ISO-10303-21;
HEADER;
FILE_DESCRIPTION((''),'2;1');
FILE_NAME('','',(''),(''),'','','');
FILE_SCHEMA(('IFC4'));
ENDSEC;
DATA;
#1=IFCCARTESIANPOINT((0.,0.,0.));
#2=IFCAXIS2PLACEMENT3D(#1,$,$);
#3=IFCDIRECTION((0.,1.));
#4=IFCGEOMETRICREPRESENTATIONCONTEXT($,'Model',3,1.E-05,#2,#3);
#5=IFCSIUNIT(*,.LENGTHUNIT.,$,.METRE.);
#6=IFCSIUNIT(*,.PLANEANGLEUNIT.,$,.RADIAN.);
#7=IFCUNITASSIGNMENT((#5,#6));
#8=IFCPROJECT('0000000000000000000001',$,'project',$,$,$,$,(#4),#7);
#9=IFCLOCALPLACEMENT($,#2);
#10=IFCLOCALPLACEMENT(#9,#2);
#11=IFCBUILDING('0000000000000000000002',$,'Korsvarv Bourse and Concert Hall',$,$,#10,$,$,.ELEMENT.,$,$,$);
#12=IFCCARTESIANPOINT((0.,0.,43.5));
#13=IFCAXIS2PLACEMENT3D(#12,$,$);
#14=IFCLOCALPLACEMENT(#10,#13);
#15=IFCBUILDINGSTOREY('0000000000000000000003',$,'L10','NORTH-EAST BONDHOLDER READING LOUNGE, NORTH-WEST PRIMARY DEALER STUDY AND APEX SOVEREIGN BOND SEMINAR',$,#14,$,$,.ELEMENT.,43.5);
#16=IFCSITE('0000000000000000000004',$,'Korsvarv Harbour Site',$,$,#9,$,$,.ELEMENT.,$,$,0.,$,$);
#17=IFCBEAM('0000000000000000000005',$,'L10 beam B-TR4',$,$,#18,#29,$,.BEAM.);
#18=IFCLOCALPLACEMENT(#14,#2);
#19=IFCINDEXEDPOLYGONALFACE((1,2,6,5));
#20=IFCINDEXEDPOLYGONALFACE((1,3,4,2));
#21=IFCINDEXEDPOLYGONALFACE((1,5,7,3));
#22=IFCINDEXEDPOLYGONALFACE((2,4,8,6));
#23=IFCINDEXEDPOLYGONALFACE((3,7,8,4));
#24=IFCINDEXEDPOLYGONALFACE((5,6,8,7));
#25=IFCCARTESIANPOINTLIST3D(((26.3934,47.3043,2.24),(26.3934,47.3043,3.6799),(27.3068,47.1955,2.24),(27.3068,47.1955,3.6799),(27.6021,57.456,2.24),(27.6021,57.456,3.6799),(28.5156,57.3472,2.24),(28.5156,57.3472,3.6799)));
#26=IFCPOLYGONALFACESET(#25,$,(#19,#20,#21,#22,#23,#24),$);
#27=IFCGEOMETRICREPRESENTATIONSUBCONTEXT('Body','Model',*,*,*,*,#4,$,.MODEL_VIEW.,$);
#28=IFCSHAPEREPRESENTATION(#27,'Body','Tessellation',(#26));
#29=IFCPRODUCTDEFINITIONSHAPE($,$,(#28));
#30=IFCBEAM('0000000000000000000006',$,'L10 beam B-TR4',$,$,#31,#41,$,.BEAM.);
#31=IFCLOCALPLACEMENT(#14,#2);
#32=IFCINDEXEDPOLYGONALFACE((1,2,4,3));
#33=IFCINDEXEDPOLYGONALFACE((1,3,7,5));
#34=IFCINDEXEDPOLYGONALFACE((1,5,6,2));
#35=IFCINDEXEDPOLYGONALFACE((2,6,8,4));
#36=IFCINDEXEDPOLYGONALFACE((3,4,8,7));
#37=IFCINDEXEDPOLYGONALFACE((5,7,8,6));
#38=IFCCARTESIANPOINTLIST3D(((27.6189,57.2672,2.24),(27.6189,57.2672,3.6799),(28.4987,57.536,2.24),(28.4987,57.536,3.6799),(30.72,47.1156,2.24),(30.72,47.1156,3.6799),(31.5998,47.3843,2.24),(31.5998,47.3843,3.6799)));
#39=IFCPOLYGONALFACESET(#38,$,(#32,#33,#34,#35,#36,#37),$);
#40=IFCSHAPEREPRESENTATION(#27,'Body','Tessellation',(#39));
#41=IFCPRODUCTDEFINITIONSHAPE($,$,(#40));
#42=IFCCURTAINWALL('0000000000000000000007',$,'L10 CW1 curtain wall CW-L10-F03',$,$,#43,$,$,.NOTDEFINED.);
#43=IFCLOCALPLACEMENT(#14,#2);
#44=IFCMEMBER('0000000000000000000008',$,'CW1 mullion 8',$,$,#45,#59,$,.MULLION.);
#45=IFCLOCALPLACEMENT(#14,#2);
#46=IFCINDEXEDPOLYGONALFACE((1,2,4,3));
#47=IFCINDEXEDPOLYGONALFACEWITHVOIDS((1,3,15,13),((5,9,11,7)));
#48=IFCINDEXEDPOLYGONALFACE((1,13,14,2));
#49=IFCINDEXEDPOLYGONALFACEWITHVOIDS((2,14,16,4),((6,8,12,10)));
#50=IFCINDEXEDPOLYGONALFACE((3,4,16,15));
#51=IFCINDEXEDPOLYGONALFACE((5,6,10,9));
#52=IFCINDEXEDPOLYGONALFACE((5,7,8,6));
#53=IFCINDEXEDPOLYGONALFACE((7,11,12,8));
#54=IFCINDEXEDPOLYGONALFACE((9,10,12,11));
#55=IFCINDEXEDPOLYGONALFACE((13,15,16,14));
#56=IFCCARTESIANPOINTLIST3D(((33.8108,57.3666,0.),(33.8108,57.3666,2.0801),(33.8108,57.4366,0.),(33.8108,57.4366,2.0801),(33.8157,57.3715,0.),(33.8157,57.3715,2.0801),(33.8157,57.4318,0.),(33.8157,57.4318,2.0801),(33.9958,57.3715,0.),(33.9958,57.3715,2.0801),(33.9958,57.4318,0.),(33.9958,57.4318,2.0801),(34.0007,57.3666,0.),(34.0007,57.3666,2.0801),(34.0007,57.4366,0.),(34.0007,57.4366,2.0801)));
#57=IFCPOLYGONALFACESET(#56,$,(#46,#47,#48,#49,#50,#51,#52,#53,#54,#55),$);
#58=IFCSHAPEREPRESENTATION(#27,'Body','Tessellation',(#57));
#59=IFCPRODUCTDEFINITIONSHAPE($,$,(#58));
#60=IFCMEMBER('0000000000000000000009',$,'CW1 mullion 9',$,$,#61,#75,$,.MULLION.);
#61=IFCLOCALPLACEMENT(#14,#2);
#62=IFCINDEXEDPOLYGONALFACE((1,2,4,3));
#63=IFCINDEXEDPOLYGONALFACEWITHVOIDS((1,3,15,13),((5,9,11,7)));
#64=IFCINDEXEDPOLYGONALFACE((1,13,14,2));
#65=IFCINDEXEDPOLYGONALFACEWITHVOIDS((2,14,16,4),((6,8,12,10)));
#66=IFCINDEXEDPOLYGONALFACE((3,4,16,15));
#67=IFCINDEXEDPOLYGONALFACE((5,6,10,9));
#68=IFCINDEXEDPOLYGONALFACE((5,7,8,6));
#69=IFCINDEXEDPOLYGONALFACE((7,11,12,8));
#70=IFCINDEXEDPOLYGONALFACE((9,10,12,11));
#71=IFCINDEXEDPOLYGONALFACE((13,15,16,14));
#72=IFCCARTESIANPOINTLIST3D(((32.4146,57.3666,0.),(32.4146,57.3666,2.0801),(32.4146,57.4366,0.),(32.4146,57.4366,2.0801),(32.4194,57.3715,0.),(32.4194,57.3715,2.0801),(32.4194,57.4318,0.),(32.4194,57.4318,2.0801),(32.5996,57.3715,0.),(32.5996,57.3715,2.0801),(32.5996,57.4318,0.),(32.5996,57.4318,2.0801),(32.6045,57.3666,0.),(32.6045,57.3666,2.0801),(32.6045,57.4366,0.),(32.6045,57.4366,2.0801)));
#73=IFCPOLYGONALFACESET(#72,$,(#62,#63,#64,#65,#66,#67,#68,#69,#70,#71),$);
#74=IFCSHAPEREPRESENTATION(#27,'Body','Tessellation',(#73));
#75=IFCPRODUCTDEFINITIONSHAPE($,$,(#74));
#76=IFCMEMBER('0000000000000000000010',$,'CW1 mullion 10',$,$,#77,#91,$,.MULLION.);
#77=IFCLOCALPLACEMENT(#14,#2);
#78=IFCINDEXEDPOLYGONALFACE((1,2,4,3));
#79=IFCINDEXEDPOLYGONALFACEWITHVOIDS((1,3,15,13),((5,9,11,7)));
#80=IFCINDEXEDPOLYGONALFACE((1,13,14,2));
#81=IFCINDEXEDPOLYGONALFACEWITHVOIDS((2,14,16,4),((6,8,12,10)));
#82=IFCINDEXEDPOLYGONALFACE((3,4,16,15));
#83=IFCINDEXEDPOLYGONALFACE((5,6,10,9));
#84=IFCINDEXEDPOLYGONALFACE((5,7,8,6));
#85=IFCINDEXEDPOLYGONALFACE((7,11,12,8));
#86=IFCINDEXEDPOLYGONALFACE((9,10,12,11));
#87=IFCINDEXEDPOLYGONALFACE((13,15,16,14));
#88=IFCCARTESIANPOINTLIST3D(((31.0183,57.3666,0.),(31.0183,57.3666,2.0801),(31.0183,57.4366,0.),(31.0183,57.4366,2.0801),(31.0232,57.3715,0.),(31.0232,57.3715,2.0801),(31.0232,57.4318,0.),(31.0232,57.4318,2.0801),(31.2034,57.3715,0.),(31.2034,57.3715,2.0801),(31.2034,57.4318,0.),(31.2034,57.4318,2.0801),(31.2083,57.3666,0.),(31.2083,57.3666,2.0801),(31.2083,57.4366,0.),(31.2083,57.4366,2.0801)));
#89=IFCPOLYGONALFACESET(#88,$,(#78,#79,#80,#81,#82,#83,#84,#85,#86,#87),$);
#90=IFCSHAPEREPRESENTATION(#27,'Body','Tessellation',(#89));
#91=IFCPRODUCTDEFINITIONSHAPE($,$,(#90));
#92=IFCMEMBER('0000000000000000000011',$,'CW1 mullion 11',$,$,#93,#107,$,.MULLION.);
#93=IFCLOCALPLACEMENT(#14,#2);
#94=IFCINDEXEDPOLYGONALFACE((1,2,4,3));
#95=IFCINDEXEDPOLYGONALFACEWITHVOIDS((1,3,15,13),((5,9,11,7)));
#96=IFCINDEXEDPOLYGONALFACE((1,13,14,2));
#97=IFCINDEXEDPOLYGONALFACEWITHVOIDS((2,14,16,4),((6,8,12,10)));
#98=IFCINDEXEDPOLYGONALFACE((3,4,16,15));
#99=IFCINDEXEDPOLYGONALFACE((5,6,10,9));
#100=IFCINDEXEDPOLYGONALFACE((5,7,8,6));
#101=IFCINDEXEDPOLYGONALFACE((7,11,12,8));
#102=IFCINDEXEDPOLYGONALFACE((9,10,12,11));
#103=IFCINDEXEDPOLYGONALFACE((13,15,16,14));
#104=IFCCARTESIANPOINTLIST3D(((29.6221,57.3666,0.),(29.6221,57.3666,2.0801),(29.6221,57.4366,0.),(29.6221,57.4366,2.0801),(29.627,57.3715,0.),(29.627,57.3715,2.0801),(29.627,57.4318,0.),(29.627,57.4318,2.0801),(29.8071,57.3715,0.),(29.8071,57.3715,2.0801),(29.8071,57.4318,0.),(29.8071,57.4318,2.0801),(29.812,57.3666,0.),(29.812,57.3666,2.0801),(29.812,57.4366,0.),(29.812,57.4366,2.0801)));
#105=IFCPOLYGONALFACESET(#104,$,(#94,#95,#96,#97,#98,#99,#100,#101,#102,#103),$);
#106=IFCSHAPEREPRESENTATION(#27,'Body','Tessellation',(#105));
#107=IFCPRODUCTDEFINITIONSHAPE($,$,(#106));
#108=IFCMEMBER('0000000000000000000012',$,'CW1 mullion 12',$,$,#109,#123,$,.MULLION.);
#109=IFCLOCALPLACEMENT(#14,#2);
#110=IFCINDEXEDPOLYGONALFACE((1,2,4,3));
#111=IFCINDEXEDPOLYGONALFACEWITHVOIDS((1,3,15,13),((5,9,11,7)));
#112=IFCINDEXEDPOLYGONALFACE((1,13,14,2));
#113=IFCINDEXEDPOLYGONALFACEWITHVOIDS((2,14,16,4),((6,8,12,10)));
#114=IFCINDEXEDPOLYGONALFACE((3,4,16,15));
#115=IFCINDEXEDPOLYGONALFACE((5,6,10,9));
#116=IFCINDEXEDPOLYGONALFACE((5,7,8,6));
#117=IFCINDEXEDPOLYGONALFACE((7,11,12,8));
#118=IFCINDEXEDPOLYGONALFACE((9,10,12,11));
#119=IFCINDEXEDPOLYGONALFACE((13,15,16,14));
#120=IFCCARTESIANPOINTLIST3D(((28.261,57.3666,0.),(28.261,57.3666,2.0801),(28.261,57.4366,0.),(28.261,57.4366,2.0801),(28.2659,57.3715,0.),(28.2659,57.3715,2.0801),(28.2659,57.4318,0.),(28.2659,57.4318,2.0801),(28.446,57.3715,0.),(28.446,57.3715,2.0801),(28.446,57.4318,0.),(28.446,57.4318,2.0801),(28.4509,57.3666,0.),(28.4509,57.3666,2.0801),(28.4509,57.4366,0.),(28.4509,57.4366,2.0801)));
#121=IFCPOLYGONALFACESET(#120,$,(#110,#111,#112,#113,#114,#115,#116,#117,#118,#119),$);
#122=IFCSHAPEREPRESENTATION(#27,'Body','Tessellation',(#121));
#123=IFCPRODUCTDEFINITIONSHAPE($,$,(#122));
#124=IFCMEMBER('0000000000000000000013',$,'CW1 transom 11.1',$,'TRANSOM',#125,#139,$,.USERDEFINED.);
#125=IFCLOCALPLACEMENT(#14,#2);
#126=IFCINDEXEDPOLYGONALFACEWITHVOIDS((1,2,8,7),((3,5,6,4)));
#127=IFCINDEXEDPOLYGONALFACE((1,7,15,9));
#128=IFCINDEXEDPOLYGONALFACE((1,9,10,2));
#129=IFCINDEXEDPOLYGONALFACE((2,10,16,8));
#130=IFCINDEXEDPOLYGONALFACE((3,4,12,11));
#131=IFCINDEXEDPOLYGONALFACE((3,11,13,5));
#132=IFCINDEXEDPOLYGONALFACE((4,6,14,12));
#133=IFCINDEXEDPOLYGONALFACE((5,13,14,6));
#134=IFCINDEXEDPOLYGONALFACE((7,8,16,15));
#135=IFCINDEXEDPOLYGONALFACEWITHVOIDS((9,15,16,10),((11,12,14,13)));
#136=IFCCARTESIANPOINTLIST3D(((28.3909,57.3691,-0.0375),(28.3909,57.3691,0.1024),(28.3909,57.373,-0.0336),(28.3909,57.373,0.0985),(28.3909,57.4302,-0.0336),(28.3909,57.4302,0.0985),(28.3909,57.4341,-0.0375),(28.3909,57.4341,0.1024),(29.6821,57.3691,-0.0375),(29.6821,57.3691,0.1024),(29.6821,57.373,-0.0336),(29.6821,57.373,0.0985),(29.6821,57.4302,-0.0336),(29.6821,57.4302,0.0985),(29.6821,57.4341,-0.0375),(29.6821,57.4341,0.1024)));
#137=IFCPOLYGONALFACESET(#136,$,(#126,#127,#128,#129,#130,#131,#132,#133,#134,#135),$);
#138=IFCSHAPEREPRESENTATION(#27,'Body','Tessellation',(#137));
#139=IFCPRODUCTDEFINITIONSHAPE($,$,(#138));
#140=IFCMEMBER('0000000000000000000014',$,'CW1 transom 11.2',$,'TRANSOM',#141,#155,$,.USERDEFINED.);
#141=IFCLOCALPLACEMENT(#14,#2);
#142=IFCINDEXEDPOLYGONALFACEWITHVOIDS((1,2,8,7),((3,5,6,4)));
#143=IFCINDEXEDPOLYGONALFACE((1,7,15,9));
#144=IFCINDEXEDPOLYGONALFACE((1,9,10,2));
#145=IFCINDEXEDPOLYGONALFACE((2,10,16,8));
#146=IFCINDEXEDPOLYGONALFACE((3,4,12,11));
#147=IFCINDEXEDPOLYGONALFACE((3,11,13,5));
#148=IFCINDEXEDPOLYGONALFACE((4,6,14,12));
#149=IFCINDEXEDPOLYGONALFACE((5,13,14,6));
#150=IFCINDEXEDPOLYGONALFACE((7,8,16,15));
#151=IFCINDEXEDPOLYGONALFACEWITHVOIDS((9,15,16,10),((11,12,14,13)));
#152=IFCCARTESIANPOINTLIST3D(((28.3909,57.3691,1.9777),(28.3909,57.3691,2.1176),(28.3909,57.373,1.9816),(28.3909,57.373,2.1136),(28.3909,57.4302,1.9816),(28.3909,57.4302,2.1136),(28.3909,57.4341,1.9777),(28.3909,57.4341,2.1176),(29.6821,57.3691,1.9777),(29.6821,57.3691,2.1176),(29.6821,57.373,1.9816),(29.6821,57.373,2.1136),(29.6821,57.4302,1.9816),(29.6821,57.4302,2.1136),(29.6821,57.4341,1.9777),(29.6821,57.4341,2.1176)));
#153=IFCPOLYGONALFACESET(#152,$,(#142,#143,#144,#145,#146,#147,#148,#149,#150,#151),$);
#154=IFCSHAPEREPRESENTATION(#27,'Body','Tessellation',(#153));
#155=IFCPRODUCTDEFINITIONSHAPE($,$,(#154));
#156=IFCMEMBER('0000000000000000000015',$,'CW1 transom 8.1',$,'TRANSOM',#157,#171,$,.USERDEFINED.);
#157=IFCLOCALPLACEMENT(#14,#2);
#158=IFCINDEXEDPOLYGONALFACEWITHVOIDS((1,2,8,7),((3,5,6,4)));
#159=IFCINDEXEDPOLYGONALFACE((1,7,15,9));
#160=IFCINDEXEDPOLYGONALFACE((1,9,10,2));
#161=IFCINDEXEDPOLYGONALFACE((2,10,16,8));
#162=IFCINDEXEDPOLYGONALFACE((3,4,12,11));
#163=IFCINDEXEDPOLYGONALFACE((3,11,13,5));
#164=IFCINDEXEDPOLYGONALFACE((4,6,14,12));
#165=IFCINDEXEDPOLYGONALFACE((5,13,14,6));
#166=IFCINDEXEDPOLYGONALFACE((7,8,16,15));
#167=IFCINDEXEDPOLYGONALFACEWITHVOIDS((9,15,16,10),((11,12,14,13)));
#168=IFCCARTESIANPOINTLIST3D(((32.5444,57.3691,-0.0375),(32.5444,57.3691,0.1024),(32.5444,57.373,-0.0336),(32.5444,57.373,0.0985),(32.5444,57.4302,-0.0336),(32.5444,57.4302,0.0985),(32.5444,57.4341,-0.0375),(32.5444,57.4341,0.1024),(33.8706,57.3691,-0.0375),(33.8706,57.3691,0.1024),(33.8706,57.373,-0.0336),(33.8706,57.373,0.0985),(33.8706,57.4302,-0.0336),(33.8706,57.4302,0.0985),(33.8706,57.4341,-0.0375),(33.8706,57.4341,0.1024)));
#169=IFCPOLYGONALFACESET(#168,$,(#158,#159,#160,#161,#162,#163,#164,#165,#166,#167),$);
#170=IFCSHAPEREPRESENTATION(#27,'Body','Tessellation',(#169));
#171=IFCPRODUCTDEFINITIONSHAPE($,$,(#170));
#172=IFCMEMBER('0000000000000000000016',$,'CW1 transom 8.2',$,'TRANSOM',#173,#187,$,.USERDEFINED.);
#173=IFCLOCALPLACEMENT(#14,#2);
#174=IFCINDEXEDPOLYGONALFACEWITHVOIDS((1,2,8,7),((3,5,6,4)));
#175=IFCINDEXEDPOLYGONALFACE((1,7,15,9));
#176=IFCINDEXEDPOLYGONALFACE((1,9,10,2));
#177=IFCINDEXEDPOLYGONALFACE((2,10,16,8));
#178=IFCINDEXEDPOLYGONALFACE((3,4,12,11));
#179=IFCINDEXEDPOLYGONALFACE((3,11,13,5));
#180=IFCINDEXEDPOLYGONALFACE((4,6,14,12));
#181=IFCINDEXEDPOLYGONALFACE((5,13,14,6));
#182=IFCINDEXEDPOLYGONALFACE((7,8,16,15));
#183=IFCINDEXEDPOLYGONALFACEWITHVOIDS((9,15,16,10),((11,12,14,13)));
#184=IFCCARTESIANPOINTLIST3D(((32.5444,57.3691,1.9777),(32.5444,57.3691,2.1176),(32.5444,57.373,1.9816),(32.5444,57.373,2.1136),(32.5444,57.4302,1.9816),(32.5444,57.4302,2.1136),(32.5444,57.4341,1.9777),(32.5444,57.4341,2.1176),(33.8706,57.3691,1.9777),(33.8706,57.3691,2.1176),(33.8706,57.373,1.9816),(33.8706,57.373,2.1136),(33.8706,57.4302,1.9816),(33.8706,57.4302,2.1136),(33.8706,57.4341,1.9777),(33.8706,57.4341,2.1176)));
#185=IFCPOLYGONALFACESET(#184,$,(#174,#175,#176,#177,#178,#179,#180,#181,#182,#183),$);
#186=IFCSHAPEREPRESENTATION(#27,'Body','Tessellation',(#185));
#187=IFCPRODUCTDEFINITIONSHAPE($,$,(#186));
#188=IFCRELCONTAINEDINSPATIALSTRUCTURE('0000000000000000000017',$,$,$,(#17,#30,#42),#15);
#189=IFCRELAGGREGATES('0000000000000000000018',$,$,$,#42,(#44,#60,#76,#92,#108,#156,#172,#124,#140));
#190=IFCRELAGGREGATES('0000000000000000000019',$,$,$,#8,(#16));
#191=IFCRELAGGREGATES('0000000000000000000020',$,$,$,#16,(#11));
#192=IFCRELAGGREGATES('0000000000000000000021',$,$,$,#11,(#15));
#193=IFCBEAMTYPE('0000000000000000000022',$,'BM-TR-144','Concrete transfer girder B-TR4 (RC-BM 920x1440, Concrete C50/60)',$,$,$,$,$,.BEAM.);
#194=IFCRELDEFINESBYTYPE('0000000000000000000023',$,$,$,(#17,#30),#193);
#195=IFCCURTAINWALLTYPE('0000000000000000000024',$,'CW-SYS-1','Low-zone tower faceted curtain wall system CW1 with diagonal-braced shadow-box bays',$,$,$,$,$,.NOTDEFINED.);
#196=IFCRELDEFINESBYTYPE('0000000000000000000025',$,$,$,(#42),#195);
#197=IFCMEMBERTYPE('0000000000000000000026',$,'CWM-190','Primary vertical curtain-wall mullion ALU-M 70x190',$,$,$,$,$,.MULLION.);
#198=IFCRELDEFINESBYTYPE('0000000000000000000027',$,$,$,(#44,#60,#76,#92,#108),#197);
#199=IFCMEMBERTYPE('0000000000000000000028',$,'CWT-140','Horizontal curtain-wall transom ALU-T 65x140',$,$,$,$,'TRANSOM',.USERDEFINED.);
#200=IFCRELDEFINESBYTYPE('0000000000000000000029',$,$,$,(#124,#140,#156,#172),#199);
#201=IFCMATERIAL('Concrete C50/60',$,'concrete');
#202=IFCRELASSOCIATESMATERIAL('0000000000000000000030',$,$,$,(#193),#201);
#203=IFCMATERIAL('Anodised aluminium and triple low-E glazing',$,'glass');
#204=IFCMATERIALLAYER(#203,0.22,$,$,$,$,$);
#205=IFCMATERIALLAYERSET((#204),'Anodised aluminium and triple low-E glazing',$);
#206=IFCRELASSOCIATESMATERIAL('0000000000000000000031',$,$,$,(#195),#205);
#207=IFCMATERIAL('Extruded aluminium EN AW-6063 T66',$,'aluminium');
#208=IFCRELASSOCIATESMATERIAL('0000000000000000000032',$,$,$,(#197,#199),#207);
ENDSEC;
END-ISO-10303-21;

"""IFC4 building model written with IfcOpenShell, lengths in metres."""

from ifc_helpers import new_model, si_unit, direction, frame, origin, origin_2d, place, context, subcontext, project, spatial, rectangle, hollow_rectangle, extrude, source, transform, mapped, material, layer, layer_set, material_profile, profile_set, type_object, element, aggregate, save


model = new_model("IFC4")

# Units and contexts
model_context = context("Model", 3, precision=1e-05, world=origin(), true_north=direction((0.0, 1.0)))
body_context = subcontext(model_context, "Body", "Model", "MODEL_VIEW")
ifc_project = project(units=[si_unit("LENGTHUNIT", "METRE"), si_unit("PLANEANGLEUNIT", "RADIAN")], contexts=[model_context])

# Site, building, storey
site_placement = place(None, origin())
site = spatial("IfcSite", under=ifc_project, at=site_placement, Name="Korsvarv Harbour Site", CompositionType="ELEMENT", RefElevation=0.0)
building_placement = place(site_placement, origin())
building = spatial("IfcBuilding", under=site, at=building_placement, Name="Korsvarv Bourse and Concert Hall", CompositionType="ELEMENT")
storey_placement = place(building_placement, frame((0.0, 0.0, 43.5)))
storey = spatial("IfcBuildingStorey", under=building, at=storey_placement, Name="L10", Description="NORTH-EAST BONDHOLDER READING LOUNGE, NORTH-WEST PRIMARY DEALER STUDY AND APEX SOVEREIGN BOND SEMINAR", CompositionType="ELEMENT", Elevation=43.5)

# Beams
ifc_material_1 = material(Name="Concrete C50/60", Category="concrete")
ifc_material_profile_1 = material_profile(ifc_material_1, rectangle(XDim=0.9199, YDim=1.4399, at=origin_2d()), Name="RC-BM 920x1440")
ifc_profile_set_1 = profile_set([ifc_material_profile_1], Name="Concrete C50/60")
beam_type = type_object("IfcBeamType", Name="BM-TR-144", Description="Concrete transfer girder B-TR4 (RC-BM 920x1440, Concrete C50/60)", PredefinedType="BEAM", material=ifc_profile_set_1)
shared_shape_1 = source(origin(), body_context, "Body", "SweptSolid", [
    extrude(rectangle(XDim=0.9199, YDim=1.4399, at=origin_2d()), origin(), (0.0, 0.0, 1.0), 10.2234),
])
beam_1_placement = place(storey_placement, frame((28.0588, 57.4016, 2.96), z_axis=(-0.118234, -0.992986, 0.0), x_axis=(0.992986, -0.118234, 0.0)))
element("IfcBeam", 1, at=beam_1_placement, inside=storey, type_object=beam_type, Name="L10 beam B-TR4", PredefinedType="BEAM", context=body_context, shape_type="MappedRepresentation", body=[
    mapped(shared_shape_1, transform((0.0, 0.0, 0.0), scale=1.0)),
])
shared_shape_2 = source(origin(), body_context, "Body", "SweptSolid", [
    extrude(rectangle(XDim=0.9199, YDim=1.4399, at=origin_2d()), origin(), (0.0, 0.0, 1.0), 10.6147),
])
beam_2_placement = place(storey_placement, frame((28.0588, 57.4016, 2.96), z_axis=(0.292149, -0.956373, 0.0), x_axis=(0.956373, 0.292149, 0.0)))
element("IfcBeam", 2, at=beam_2_placement, inside=storey, type_object=beam_type, Name="L10 beam B-TR4", PredefinedType="BEAM", context=body_context, shape_type="MappedRepresentation", body=[
    mapped(shared_shape_2, transform((0.0, 0.0, 0.0), scale=1.0)),
])

# Curtain wall, members
ifc_material_2 = material(Name="Anodised aluminium and triple low-E glazing", Category="glass")
ifc_layer_1 = layer(ifc_material_2, 0.22)
ifc_layer_set_1 = layer_set([ifc_layer_1], Name="Anodised aluminium and triple low-E glazing")
curtain_wall_type = type_object("IfcCurtainWallType", Name="CW-SYS-1", Description="Low-zone tower faceted curtain wall system CW1 with diagonal-braced shadow-box bays", PredefinedType="NOTDEFINED", material=ifc_layer_set_1)
curtain_wall_placement = place(storey_placement, origin())
curtain_wall = element("IfcCurtainWall", 3, at=curtain_wall_placement, inside=storey, type_object=curtain_wall_type, Name="L10 CW1 curtain wall CW-L10-F03", PredefinedType="NOTDEFINED")
ifc_material_3 = material(Name="Extruded aluminium EN AW-6063 T66", Category="aluminium")
ifc_material_profile_2 = material_profile(ifc_material_3, hollow_rectangle(XDim=0.0701, YDim=0.1899, WallThickness=0.0049, at=origin_2d()), Name="ALU-M 70x190")
ifc_profile_set_2 = profile_set([ifc_material_profile_2], Name="Extruded aluminium EN AW-6063 T66")
member_type_1 = type_object("IfcMemberType", Name="CWM-190", Description="Primary vertical curtain-wall mullion ALU-M 70x190", PredefinedType="MULLION", material=ifc_profile_set_2)
shared_shape_3 = source(origin(), body_context, "Body", "SweptSolid", [
    extrude(hollow_rectangle(XDim=0.0701, YDim=0.1899, WallThickness=0.0049, at=origin_2d()), origin(), (0.0, 0.0, 1.0), 2.0801),
])
member_1_placement = place(storey_placement, frame((33.9058, 57.4016, 0.0), z_axis=(0.0, 0.0, 1.0), x_axis=(0.0, -1.0, 0.0)))
member_1 = element("IfcMember", 4, at=member_1_placement, type_object=member_type_1, Name="CW1 mullion 8", PredefinedType="MULLION", context=body_context, shape_type="MappedRepresentation", body=[
    mapped(shared_shape_3, transform((0.0, 0.0, 0.0), scale=1.0)),
])
member_2_placement = place(storey_placement, frame((32.5095, 57.4016, 0.0), z_axis=(0.0, 0.0, 1.0), x_axis=(0.0, -1.0, 0.0)))
member_2 = element("IfcMember", 5, at=member_2_placement, type_object=member_type_1, Name="CW1 mullion 9", PredefinedType="MULLION", context=body_context, shape_type="MappedRepresentation", body=[
    mapped(shared_shape_3, transform((0.0, 0.0, 0.0), scale=1.0)),
])
member_3_placement = place(storey_placement, frame((31.1133, 57.4016, 0.0), z_axis=(0.0, 0.0, 1.0), x_axis=(0.0, -1.0, 0.0)))
member_3 = element("IfcMember", 6, at=member_3_placement, type_object=member_type_1, Name="CW1 mullion 10", PredefinedType="MULLION", context=body_context, shape_type="MappedRepresentation", body=[
    mapped(shared_shape_3, transform((0.0, 0.0, 0.0), scale=1.0)),
])
member_4_placement = place(storey_placement, frame((29.717, 57.4016, 0.0), z_axis=(0.0, 0.0, 1.0), x_axis=(0.0, -1.0, 0.0)))
member_4 = element("IfcMember", 7, at=member_4_placement, type_object=member_type_1, Name="CW1 mullion 11", PredefinedType="MULLION", context=body_context, shape_type="MappedRepresentation", body=[
    mapped(shared_shape_3, transform((0.0, 0.0, 0.0), scale=1.0)),
])
member_5_placement = place(storey_placement, frame((28.356, 57.4016, 0.0), z_axis=(0.0, 0.0, 1.0), x_axis=(0.0, -1.0, 0.0)))
member_5 = element("IfcMember", 8, at=member_5_placement, type_object=member_type_1, Name="CW1 mullion 12", PredefinedType="MULLION", context=body_context, shape_type="MappedRepresentation", body=[
    mapped(shared_shape_3, transform((0.0, 0.0, 0.0), scale=1.0)),
])
ifc_material_profile_3 = material_profile(ifc_material_3, hollow_rectangle(XDim=0.0649, YDim=0.1399, WallThickness=0.0039, at=origin_2d()), Name="ALU-T 65x140")
ifc_profile_set_3 = profile_set([ifc_material_profile_3], Name="Extruded aluminium EN AW-6063 T66")
member_type_2 = type_object("IfcMemberType", Name="CWT-140", Description="Horizontal curtain-wall transom ALU-T 65x140", ElementType="TRANSOM", PredefinedType="USERDEFINED", material=ifc_profile_set_3)
shared_shape_4 = source(origin(), body_context, "Body", "SweptSolid", [
    extrude(hollow_rectangle(XDim=0.0649, YDim=0.1399, WallThickness=0.0039, at=origin_2d()), origin(), (0.0, 0.0, 1.0), 1.2913),
])
member_6_placement = place(storey_placement, frame((29.6821, 57.4016, 0.0325), z_axis=(-1.0, 0.0, 0.0), x_axis=(0.0, -1.0, 0.0)))
member_6 = element("IfcMember", 9, at=member_6_placement, type_object=member_type_2, Name="CW1 transom 11.1", ObjectType="TRANSOM", PredefinedType="USERDEFINED", context=body_context, shape_type="MappedRepresentation", body=[
    mapped(shared_shape_4, transform((0.0, 0.0, 0.0), scale=1.0)),
])
member_7_placement = place(storey_placement, frame((29.6821, 57.4016, 2.0476), z_axis=(-1.0, 0.0, 0.0), x_axis=(0.0, -1.0, 0.0)))
member_7 = element("IfcMember", 10, at=member_7_placement, type_object=member_type_2, Name="CW1 transom 11.2", ObjectType="TRANSOM", PredefinedType="USERDEFINED", context=body_context, shape_type="MappedRepresentation", body=[
    mapped(shared_shape_4, transform((0.0, 0.0, 0.0), scale=1.0)),
])
shared_shape_5 = source(origin(), body_context, "Body", "SweptSolid", [
    extrude(hollow_rectangle(XDim=0.0649, YDim=0.1399, WallThickness=0.0039, at=origin_2d()), origin(), (0.0, 0.0, 1.0), 1.3262),
])
member_8_placement = place(storey_placement, frame((33.8706, 57.4016, 0.0325), z_axis=(-1.0, 0.0, 0.0), x_axis=(0.0, -1.0, 0.0)))
member_8 = element("IfcMember", 11, at=member_8_placement, type_object=member_type_2, Name="CW1 transom 8.1", ObjectType="TRANSOM", PredefinedType="USERDEFINED", context=body_context, shape_type="MappedRepresentation", body=[
    mapped(shared_shape_5, transform((0.0, 0.0, 0.0), scale=1.0)),
])
member_9_placement = place(storey_placement, frame((33.8706, 57.4016, 2.0476), z_axis=(-1.0, 0.0, 0.0), x_axis=(0.0, -1.0, 0.0)))
member_9 = element("IfcMember", 12, at=member_9_placement, type_object=member_type_2, Name="CW1 transom 8.2", ObjectType="TRANSOM", PredefinedType="USERDEFINED", context=body_context, shape_type="MappedRepresentation", body=[
    mapped(shared_shape_5, transform((0.0, 0.0, 0.0), scale=1.0)),
])
aggregate(curtain_wall, [member_1, member_2, member_3, member_4, member_5, member_8, member_9, member_6, member_7])

save(model, "model.ifc")
